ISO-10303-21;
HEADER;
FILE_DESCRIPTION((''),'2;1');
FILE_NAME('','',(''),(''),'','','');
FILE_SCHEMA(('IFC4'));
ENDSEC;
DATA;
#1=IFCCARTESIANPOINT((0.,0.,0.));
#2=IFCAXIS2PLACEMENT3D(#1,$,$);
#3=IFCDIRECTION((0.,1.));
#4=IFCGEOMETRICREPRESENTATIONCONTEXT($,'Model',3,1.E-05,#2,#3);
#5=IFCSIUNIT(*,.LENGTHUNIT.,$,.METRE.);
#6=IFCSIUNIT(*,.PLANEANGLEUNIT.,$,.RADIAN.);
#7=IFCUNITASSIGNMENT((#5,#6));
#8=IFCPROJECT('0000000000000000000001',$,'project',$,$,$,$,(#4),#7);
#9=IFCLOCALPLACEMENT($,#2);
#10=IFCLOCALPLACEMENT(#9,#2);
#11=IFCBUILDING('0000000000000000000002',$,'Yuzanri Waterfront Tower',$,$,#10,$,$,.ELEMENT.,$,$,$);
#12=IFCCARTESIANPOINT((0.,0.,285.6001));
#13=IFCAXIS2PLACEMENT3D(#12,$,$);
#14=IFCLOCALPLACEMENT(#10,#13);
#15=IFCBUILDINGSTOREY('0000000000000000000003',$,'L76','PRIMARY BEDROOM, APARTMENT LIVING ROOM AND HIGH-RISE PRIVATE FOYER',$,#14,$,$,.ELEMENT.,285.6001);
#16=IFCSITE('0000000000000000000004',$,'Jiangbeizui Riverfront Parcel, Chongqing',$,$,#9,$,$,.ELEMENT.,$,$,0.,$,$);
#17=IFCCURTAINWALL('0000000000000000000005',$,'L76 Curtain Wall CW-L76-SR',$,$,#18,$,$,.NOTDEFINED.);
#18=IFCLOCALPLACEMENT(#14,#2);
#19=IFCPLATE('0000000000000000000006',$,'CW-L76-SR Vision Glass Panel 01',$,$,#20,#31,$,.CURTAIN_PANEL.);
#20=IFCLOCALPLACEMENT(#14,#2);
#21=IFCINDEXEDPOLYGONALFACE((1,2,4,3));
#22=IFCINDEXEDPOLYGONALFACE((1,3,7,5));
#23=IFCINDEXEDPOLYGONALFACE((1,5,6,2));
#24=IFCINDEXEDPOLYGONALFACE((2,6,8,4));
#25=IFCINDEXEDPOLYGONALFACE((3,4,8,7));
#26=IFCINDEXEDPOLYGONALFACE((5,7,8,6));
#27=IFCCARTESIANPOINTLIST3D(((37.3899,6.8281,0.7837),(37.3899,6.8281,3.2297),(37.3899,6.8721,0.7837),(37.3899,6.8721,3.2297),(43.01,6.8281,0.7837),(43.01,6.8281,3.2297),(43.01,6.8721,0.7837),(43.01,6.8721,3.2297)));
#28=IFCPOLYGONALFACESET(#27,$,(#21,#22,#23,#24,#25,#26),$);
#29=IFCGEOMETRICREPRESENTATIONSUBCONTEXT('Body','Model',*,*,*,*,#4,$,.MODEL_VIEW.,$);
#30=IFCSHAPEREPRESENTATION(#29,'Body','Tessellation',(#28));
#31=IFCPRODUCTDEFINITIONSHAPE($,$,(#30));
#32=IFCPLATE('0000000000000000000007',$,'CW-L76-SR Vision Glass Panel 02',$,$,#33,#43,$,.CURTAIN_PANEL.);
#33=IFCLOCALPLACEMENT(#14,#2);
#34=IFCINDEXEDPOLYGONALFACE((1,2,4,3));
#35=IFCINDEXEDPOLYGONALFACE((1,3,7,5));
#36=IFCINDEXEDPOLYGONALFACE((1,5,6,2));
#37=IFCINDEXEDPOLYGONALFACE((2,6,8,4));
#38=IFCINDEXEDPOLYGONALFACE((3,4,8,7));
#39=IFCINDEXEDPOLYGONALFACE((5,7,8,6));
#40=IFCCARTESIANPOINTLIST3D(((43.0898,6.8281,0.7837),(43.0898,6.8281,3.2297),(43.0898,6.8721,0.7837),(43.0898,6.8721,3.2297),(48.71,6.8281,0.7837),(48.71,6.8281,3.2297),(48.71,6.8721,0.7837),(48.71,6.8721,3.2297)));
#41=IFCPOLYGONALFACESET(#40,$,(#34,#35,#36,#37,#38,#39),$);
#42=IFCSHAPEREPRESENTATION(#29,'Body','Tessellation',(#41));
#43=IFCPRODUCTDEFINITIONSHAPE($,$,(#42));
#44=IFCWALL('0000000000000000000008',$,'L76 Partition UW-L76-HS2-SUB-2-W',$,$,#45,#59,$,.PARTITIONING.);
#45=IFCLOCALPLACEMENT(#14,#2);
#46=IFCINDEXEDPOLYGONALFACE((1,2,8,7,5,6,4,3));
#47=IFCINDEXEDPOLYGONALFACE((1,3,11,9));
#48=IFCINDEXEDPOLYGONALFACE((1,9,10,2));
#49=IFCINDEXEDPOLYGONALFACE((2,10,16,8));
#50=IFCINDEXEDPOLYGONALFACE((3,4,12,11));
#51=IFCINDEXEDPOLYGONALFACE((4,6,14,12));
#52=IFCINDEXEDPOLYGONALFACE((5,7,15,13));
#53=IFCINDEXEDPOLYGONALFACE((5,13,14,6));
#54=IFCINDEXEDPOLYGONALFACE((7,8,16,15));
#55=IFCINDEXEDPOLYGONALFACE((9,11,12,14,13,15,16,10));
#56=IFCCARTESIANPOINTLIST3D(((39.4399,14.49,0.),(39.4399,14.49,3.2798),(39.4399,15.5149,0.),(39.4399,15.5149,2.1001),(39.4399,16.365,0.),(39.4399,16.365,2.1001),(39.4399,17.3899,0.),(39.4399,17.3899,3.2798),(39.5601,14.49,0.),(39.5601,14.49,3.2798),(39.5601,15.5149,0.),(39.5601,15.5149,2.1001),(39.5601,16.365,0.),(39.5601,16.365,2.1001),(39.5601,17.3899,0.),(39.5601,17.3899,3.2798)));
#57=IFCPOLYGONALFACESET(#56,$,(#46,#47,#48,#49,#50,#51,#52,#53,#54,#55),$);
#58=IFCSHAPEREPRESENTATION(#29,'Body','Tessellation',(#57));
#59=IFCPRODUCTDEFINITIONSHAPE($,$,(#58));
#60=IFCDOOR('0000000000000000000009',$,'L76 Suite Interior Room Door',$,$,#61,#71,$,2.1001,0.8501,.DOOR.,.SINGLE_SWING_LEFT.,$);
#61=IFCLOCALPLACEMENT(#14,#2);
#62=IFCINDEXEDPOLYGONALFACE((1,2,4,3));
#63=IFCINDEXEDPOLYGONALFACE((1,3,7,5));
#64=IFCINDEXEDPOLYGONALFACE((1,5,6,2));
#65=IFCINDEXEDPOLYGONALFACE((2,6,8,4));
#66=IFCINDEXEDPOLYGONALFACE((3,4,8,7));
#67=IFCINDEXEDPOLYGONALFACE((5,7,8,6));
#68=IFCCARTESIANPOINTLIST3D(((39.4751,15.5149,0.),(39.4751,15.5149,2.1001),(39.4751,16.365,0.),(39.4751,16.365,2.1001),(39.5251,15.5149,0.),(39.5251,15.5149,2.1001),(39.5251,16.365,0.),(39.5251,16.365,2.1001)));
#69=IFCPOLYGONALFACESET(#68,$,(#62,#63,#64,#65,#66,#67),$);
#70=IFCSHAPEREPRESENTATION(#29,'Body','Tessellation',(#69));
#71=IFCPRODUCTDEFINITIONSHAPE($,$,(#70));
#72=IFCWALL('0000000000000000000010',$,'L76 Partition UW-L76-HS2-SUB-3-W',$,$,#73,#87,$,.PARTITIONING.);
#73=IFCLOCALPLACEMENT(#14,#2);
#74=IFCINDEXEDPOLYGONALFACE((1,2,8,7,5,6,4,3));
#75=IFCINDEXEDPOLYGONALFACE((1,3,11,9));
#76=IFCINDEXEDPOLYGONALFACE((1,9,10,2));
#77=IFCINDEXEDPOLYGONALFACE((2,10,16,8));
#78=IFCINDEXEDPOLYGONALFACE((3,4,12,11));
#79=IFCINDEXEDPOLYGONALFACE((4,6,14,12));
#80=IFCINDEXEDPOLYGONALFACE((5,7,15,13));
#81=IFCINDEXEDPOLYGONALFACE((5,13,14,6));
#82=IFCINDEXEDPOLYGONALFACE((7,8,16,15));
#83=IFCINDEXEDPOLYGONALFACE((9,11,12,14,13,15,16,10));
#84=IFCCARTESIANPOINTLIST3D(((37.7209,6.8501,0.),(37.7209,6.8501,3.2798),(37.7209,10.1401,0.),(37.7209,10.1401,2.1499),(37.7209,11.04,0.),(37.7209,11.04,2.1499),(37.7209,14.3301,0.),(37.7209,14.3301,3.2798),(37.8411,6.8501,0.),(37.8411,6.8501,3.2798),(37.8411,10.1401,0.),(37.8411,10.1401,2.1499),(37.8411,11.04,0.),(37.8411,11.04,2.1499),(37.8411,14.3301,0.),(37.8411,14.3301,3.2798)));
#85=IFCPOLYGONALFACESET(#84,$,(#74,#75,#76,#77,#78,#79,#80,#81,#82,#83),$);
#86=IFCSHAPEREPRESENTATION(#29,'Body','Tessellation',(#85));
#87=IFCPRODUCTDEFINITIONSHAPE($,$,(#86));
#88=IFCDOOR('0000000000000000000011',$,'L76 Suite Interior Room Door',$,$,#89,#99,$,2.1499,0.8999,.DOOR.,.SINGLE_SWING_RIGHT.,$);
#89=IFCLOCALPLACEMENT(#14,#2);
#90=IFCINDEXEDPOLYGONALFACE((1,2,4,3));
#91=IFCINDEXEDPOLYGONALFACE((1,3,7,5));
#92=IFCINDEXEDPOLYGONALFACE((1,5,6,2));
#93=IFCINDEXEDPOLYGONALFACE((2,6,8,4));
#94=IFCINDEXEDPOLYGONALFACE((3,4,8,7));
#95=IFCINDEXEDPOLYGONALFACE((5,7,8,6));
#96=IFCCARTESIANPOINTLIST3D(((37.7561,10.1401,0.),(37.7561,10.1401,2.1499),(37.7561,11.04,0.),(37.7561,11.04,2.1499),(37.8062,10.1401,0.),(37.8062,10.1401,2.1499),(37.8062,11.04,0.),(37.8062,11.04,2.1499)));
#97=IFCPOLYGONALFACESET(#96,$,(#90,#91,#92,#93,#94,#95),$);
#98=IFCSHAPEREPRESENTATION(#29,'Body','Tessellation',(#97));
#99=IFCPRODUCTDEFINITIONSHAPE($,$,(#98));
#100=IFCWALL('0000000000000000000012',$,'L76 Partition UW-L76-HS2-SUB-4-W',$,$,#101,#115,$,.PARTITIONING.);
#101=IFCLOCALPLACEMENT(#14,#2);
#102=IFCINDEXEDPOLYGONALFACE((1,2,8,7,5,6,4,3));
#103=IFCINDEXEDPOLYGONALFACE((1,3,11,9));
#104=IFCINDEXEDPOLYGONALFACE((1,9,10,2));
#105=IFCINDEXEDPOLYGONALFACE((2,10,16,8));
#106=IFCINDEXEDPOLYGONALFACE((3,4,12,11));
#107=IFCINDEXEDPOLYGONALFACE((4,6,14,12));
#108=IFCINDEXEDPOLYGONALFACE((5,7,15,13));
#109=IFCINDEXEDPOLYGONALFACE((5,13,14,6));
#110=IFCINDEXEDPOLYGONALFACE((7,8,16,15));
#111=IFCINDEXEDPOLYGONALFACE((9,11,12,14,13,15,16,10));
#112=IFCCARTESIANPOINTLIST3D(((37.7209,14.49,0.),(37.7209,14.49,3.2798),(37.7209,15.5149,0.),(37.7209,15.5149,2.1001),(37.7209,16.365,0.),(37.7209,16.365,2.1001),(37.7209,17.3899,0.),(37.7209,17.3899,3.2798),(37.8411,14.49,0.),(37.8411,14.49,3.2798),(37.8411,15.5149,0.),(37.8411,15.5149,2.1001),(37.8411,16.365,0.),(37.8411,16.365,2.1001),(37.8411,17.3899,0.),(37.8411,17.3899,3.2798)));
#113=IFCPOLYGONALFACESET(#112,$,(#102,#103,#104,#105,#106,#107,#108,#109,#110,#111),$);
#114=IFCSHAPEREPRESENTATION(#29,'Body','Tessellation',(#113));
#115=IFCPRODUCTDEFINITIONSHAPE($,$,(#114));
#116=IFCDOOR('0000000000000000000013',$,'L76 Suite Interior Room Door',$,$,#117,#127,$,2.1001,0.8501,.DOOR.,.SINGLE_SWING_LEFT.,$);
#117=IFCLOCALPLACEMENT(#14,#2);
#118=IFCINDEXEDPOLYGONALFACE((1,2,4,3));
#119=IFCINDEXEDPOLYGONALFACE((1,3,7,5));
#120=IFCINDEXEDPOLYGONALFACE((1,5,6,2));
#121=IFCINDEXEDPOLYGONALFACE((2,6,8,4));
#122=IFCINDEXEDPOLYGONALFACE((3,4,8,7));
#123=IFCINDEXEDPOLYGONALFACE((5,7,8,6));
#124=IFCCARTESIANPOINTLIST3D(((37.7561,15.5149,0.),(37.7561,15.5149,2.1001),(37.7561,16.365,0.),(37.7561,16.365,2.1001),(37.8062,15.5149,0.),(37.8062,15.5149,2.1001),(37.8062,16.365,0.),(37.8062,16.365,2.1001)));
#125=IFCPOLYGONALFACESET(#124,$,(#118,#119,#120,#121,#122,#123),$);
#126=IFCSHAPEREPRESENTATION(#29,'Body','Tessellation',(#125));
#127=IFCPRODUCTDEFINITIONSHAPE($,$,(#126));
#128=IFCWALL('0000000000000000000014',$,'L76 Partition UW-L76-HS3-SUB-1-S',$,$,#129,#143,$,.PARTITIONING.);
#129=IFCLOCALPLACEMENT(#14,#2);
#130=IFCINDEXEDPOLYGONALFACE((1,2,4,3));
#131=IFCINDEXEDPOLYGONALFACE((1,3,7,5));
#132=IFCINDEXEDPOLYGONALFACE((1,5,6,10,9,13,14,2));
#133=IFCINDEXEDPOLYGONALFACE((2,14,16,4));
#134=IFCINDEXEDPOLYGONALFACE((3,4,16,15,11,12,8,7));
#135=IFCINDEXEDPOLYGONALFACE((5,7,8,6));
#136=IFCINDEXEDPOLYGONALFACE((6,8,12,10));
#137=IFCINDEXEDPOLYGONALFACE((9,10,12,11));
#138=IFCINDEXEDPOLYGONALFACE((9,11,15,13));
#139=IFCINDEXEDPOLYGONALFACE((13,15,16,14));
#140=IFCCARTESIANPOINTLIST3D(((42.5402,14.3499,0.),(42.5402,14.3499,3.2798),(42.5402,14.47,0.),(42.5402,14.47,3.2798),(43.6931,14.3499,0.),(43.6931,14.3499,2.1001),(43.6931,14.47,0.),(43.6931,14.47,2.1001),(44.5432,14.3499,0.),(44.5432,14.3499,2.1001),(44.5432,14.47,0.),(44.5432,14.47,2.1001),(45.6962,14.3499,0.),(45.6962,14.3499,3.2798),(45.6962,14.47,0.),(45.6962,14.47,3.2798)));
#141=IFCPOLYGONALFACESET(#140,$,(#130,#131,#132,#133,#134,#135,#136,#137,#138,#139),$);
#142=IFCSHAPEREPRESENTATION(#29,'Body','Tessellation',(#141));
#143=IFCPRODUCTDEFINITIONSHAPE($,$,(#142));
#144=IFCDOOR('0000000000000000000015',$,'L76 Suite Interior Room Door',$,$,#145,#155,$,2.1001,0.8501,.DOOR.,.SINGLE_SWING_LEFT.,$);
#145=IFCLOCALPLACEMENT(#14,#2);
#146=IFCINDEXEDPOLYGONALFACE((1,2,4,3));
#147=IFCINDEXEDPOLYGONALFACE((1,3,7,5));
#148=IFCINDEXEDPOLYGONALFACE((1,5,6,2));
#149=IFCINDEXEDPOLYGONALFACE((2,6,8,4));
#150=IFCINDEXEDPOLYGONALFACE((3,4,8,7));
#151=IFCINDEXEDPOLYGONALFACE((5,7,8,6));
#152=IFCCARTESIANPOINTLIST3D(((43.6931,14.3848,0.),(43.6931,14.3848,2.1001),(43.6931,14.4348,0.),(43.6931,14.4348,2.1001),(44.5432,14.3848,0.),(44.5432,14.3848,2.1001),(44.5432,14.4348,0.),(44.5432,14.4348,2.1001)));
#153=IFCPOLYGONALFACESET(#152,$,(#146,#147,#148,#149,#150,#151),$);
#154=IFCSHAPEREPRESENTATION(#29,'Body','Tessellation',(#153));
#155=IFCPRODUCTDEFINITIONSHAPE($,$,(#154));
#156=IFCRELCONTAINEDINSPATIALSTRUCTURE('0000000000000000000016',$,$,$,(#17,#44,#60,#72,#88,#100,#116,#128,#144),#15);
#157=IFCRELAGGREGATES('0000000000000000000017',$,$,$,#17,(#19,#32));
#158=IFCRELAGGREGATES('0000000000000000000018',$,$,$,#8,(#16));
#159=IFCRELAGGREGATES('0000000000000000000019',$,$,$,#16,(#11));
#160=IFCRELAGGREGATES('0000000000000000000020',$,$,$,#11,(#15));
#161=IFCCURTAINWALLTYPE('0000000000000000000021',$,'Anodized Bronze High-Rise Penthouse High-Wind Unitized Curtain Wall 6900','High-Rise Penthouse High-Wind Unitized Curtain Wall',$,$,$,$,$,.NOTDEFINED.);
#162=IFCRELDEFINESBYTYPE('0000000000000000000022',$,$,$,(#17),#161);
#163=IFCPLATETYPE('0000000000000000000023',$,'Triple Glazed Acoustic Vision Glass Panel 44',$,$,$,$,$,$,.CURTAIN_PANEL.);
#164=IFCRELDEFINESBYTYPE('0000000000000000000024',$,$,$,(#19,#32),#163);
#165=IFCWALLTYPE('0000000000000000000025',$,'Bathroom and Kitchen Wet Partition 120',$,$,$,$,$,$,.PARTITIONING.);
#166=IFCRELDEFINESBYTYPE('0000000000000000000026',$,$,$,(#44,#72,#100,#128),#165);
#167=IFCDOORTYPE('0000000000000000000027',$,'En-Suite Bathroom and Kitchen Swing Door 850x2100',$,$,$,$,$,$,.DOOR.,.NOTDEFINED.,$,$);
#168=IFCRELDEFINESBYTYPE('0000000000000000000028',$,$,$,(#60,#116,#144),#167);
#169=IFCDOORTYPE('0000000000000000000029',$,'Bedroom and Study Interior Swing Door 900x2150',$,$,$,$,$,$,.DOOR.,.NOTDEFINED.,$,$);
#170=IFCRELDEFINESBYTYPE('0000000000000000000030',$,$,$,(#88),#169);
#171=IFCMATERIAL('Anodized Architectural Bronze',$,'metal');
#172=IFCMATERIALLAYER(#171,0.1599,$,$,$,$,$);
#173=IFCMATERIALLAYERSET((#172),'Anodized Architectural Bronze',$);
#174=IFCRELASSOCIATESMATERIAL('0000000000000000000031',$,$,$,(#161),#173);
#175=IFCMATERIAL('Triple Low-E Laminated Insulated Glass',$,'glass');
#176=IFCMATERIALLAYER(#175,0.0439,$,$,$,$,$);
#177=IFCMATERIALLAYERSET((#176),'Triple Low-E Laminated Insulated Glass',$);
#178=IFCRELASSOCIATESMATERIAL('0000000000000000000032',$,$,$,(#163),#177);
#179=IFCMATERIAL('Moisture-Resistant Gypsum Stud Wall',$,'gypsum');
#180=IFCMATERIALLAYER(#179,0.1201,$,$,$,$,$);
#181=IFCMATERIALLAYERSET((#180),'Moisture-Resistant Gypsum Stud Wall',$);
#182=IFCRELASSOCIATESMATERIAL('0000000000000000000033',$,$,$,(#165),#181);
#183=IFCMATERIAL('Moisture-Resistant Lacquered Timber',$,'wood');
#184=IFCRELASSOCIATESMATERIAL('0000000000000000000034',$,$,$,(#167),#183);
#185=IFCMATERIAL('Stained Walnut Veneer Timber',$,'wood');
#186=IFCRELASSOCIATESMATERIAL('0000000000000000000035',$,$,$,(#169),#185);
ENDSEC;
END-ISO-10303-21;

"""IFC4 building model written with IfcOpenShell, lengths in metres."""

from ifc_helpers import new_model, si_unit, direction, frame, frame_2d, origin, origin_2d, place, context, subcontext, project, spatial, rectangle, extrude, source, transform, mapped, material, layer, layer_set, type_object, element, fill, aggregate, save


model = new_model("IFC4")

# Units and contexts
model_context = context("Model", 3, precision=1e-05, world=origin(), true_north=direction((0.0, 1.0)))
body_context = subcontext(model_context, "Body", "Model", "MODEL_VIEW")
ifc_project = project(units=[si_unit("LENGTHUNIT", "METRE"), si_unit("PLANEANGLEUNIT", "RADIAN")], contexts=[model_context])

# Site, building, storey
site_placement = place(None, origin())
site = spatial("IfcSite", under=ifc_project, at=site_placement, Name="Jiangbeizui Riverfront Parcel, Chongqing", CompositionType="ELEMENT", RefElevation=0.0)
building_placement = place(site_placement, origin())
building = spatial("IfcBuilding", under=site, at=building_placement, Name="Yuzanri Waterfront Tower", CompositionType="ELEMENT")
storey_placement = place(building_placement, frame((0.0, 0.0, 285.6001)))
storey = spatial("IfcBuildingStorey", under=building, at=storey_placement, Name="L76", Description="PRIMARY BEDROOM, APARTMENT LIVING ROOM AND HIGH-RISE PRIVATE FOYER", CompositionType="ELEMENT", Elevation=285.6001)

# Curtain wall, plates
ifc_material_1 = material(Name="Anodized Architectural Bronze", Category="metal")
ifc_layer_1 = layer(ifc_material_1, 0.1599)
ifc_layer_set_1 = layer_set([ifc_layer_1], Name="Anodized Architectural Bronze")
curtain_wall_type = type_object("IfcCurtainWallType", Name="Anodized Bronze High-Rise Penthouse High-Wind Unitized Curtain Wall 6900", Description="High-Rise Penthouse High-Wind Unitized Curtain Wall", PredefinedType="NOTDEFINED", material=ifc_layer_set_1)
curtain_wall_placement = place(storey_placement, origin())
curtain_wall = element("IfcCurtainWall", 1, at=curtain_wall_placement, inside=storey, type_object=curtain_wall_type, Name="L76 Curtain Wall CW-L76-SR", PredefinedType="NOTDEFINED")
ifc_material_2 = material(Name="Triple Low-E Laminated Insulated Glass", Category="glass")
ifc_layer_2 = layer(ifc_material_2, 0.0439)
ifc_layer_set_2 = layer_set([ifc_layer_2], Name="Triple Low-E Laminated Insulated Glass")
plate_type_1 = type_object("IfcPlateType", Name="Triple Glazed Acoustic Vision Glass Panel 44", PredefinedType="CURTAIN_PANEL", material=ifc_layer_set_2)
shared_shape_1 = source(origin(), body_context, "Body", "SweptSolid", [
    extrude(rectangle(XDim=5.6201, YDim=0.0439, at=origin_2d()), origin(), (0.0, 0.0, 1.0), 2.446),
])
plate_1_placement = place(storey_placement, frame((40.2, 6.8501, 0.7837), z_axis=(0.0, 0.0, 1.0), x_axis=(1.0, 0.0, 0.0)))
plate_1 = element("IfcPlate", 2, at=plate_1_placement, type_object=plate_type_1, Name="CW-L76-SR Vision Glass Panel 01", PredefinedType="CURTAIN_PANEL", context=body_context, shape_type="MappedRepresentation", body=[
    mapped(shared_shape_1, transform((0.0, 0.0, 0.0), scale=1.0)),
])
plate_2_placement = place(storey_placement, frame((45.8999, 6.8501, 0.7837), z_axis=(0.0, 0.0, 1.0), x_axis=(1.0, 0.0, 0.0)))
plate_2 = element("IfcPlate", 3, at=plate_2_placement, type_object=plate_type_1, Name="CW-L76-SR Vision Glass Panel 02", PredefinedType="CURTAIN_PANEL", context=body_context, shape_type="MappedRepresentation", body=[
    mapped(shared_shape_1, transform((0.0, 0.0, 0.0), scale=1.0)),
])
aggregate(curtain_wall, [plate_1, plate_2])

# Walls, openings, doors
ifc_material_3 = material(Name="Moisture-Resistant Gypsum Stud Wall", Category="gypsum")
ifc_layer_3 = layer(ifc_material_3, 0.1201)
ifc_layer_set_3 = layer_set([ifc_layer_3], Name="Moisture-Resistant Gypsum Stud Wall")
wall_type_1 = type_object("IfcWallType", Name="Bathroom and Kitchen Wet Partition 120", PredefinedType="PARTITIONING", material=ifc_layer_set_3)
wall_1_placement = place(storey_placement, frame((39.5, 14.49, 0.0), z_axis=(0.0, 0.0, 1.0), x_axis=(0.0, 1.0, 0.0)))
wall_1 = element("IfcWall", 4, at=wall_1_placement, inside=storey, type_object=wall_type_1, Name="L76 Partition UW-L76-HS2-SUB-2-W", PredefinedType="PARTITIONING", context=body_context, shape_type="SweptSolid", body=[
    extrude(rectangle(XDim=2.8999, YDim=0.1201, at=frame_2d((1.45, 0.0))), origin(), (0.0, 0.0, 1.0), 3.2798),
])
opening_1_placement = place(wall_1_placement, frame((1.0249, 0.0, 0.0)))
opening_1 = element("IfcOpeningElement", 5, at=opening_1_placement, cuts=wall_1, PredefinedType="OPENING", context=body_context, shape_type="SweptSolid", body=[
    extrude(rectangle(XDim=0.8501, YDim=2.1001, at=frame_2d((0.425, 1.05))), frame((0.0, 0.075, 0.0), z_axis=(0.0, -1.0, 0.0), x_axis=(1.0, 0.0, 0.0)), (0.0, 0.0, 1.0), 0.1499),
])
ifc_material_4 = material(Name="Moisture-Resistant Lacquered Timber", Category="wood")
door_type_1 = type_object("IfcDoorType", Name="En-Suite Bathroom and Kitchen Swing Door 850x2100", OperationType="NOTDEFINED", PredefinedType="DOOR", material=ifc_material_4)
shared_shape_2 = source(origin(), body_context, "Body", "SweptSolid", [
    extrude(rectangle(XDim=0.8501, YDim=2.1001, at=frame_2d((0.425, 1.05))), frame((0.0, 0.0249, 0.0), z_axis=(0.0, -1.0, 0.0), x_axis=(1.0, 0.0, 0.0)), (0.0, 0.0, 1.0), 0.05),
])
door_1_placement = place(opening_1_placement, origin())
door_1 = element("IfcDoor", 6, at=door_1_placement, inside=storey, type_object=door_type_1, Name="L76 Suite Interior Room Door", OperationType="SINGLE_SWING_LEFT", OverallHeight=2.1001, OverallWidth=0.8501, PredefinedType="DOOR", context=body_context, shape_type="MappedRepresentation", body=[
    mapped(shared_shape_2, transform((0.0, 0.0, 0.0), scale=1.0)),
])
fill(opening_1, door_1)
wall_2_placement = place(storey_placement, frame((37.781, 6.8501, 0.0), z_axis=(0.0, 0.0, 1.0), x_axis=(0.0, 1.0, 0.0)))
wall_2 = element("IfcWall", 7, at=wall_2_placement, inside=storey, type_object=wall_type_1, Name="L76 Partition UW-L76-HS2-SUB-3-W", PredefinedType="PARTITIONING", context=body_context, shape_type="SweptSolid", body=[
    extrude(rectangle(XDim=7.48, YDim=0.1201, at=frame_2d((3.74, 0.0))), origin(), (0.0, 0.0, 1.0), 3.2798),
])
opening_2_placement = place(wall_2_placement, frame((3.29, 0.0, 0.0)))
opening_2 = element("IfcOpeningElement", 8, at=opening_2_placement, cuts=wall_2, PredefinedType="OPENING", context=body_context, shape_type="SweptSolid", body=[
    extrude(rectangle(XDim=0.8999, YDim=2.1499, at=frame_2d((0.45, 1.075))), frame((0.0, 0.075, 0.0), z_axis=(0.0, -1.0, 0.0), x_axis=(1.0, 0.0, 0.0)), (0.0, 0.0, 1.0), 0.1499),
])
ifc_material_5 = material(Name="Stained Walnut Veneer Timber", Category="wood")
door_type_2 = type_object("IfcDoorType", Name="Bedroom and Study Interior Swing Door 900x2150", OperationType="NOTDEFINED", PredefinedType="DOOR", material=ifc_material_5)
shared_shape_3 = source(origin(), body_context, "Body", "SweptSolid", [
    extrude(rectangle(XDim=0.8999, YDim=2.1499, at=frame_2d((0.45, 1.075))), frame((0.0, 0.0249, 0.0), z_axis=(0.0, -1.0, 0.0), x_axis=(1.0, 0.0, 0.0)), (0.0, 0.0, 1.0), 0.05),
])
door_2_placement = place(opening_2_placement, origin())
door_2 = element("IfcDoor", 9, at=door_2_placement, inside=storey, type_object=door_type_2, Name="L76 Suite Interior Room Door", OperationType="SINGLE_SWING_RIGHT", OverallHeight=2.1499, OverallWidth=0.8999, PredefinedType="DOOR", context=body_context, shape_type="MappedRepresentation", body=[
    mapped(shared_shape_3, transform((0.0, 0.0, 0.0), scale=1.0)),
])
fill(opening_2, door_2)
wall_3_placement = place(storey_placement, frame((37.781, 14.49, 0.0), z_axis=(0.0, 0.0, 1.0), x_axis=(0.0, 1.0, 0.0)))
wall_3 = element("IfcWall", 10, at=wall_3_placement, inside=storey, type_object=wall_type_1, Name="L76 Partition UW-L76-HS2-SUB-4-W", PredefinedType="PARTITIONING", context=body_context, shape_type="SweptSolid", body=[
    extrude(rectangle(XDim=2.8999, YDim=0.1201, at=frame_2d((1.45, 0.0))), origin(), (0.0, 0.0, 1.0), 3.2798),
])
opening_3_placement = place(wall_3_placement, frame((1.0249, 0.0, 0.0)))
opening_3 = element("IfcOpeningElement", 11, at=opening_3_placement, cuts=wall_3, PredefinedType="OPENING", context=body_context, shape_type="SweptSolid", body=[
    extrude(rectangle(XDim=0.8501, YDim=2.1001, at=frame_2d((0.425, 1.05))), frame((0.0, 0.075, 0.0), z_axis=(0.0, -1.0, 0.0), x_axis=(1.0, 0.0, 0.0)), (0.0, 0.0, 1.0), 0.1499),
])
door_3_placement = place(opening_3_placement, origin())
door_3 = element("IfcDoor", 12, at=door_3_placement, inside=storey, type_object=door_type_1, Name="L76 Suite Interior Room Door", OperationType="SINGLE_SWING_LEFT", OverallHeight=2.1001, OverallWidth=0.8501, PredefinedType="DOOR", context=body_context, shape_type="MappedRepresentation", body=[
    mapped(shared_shape_2, transform((0.0, 0.0, 0.0), scale=1.0)),
])
fill(opening_3, door_3)
wall_4_placement = place(storey_placement, frame((42.54, 14.4099, 0.0), z_axis=(0.0, 0.0, 1.0), x_axis=(1.0, 0.0, 0.0)))
wall_4 = element("IfcWall", 13, at=wall_4_placement, inside=storey, type_object=wall_type_1, Name="L76 Partition UW-L76-HS3-SUB-1-S", PredefinedType="PARTITIONING", context=body_context, shape_type="SweptSolid", body=[
    extrude(rectangle(XDim=3.156, YDim=0.1201, at=frame_2d((1.5781, 0.0))), origin(), (0.0, 0.0, 1.0), 3.2798),
])
opening_4_placement = place(wall_4_placement, frame((1.1531, 0.0, 0.0)))
opening_4 = element("IfcOpeningElement", 14, at=opening_4_placement, cuts=wall_4, PredefinedType="OPENING", context=body_context, shape_type="SweptSolid", body=[
    extrude(rectangle(XDim=0.8501, YDim=2.1001, at=frame_2d((0.425, 1.05))), frame((0.0, 0.075, 0.0), z_axis=(0.0, -1.0, 0.0), x_axis=(1.0, 0.0, 0.0)), (0.0, 0.0, 1.0), 0.1499),
])
door_4_placement = place(opening_4_placement, origin())
door_4 = element("IfcDoor", 15, at=door_4_placement, inside=storey, type_object=door_type_1, Name="L76 Suite Interior Room Door", OperationType="SINGLE_SWING_LEFT", OverallHeight=2.1001, OverallWidth=0.8501, PredefinedType="DOOR", context=body_context, shape_type="MappedRepresentation", body=[
    mapped(shared_shape_2, transform((0.0, 0.0, 0.0), scale=1.0)),
])
fill(opening_4, door_4)

save(model, "model.ifc")
